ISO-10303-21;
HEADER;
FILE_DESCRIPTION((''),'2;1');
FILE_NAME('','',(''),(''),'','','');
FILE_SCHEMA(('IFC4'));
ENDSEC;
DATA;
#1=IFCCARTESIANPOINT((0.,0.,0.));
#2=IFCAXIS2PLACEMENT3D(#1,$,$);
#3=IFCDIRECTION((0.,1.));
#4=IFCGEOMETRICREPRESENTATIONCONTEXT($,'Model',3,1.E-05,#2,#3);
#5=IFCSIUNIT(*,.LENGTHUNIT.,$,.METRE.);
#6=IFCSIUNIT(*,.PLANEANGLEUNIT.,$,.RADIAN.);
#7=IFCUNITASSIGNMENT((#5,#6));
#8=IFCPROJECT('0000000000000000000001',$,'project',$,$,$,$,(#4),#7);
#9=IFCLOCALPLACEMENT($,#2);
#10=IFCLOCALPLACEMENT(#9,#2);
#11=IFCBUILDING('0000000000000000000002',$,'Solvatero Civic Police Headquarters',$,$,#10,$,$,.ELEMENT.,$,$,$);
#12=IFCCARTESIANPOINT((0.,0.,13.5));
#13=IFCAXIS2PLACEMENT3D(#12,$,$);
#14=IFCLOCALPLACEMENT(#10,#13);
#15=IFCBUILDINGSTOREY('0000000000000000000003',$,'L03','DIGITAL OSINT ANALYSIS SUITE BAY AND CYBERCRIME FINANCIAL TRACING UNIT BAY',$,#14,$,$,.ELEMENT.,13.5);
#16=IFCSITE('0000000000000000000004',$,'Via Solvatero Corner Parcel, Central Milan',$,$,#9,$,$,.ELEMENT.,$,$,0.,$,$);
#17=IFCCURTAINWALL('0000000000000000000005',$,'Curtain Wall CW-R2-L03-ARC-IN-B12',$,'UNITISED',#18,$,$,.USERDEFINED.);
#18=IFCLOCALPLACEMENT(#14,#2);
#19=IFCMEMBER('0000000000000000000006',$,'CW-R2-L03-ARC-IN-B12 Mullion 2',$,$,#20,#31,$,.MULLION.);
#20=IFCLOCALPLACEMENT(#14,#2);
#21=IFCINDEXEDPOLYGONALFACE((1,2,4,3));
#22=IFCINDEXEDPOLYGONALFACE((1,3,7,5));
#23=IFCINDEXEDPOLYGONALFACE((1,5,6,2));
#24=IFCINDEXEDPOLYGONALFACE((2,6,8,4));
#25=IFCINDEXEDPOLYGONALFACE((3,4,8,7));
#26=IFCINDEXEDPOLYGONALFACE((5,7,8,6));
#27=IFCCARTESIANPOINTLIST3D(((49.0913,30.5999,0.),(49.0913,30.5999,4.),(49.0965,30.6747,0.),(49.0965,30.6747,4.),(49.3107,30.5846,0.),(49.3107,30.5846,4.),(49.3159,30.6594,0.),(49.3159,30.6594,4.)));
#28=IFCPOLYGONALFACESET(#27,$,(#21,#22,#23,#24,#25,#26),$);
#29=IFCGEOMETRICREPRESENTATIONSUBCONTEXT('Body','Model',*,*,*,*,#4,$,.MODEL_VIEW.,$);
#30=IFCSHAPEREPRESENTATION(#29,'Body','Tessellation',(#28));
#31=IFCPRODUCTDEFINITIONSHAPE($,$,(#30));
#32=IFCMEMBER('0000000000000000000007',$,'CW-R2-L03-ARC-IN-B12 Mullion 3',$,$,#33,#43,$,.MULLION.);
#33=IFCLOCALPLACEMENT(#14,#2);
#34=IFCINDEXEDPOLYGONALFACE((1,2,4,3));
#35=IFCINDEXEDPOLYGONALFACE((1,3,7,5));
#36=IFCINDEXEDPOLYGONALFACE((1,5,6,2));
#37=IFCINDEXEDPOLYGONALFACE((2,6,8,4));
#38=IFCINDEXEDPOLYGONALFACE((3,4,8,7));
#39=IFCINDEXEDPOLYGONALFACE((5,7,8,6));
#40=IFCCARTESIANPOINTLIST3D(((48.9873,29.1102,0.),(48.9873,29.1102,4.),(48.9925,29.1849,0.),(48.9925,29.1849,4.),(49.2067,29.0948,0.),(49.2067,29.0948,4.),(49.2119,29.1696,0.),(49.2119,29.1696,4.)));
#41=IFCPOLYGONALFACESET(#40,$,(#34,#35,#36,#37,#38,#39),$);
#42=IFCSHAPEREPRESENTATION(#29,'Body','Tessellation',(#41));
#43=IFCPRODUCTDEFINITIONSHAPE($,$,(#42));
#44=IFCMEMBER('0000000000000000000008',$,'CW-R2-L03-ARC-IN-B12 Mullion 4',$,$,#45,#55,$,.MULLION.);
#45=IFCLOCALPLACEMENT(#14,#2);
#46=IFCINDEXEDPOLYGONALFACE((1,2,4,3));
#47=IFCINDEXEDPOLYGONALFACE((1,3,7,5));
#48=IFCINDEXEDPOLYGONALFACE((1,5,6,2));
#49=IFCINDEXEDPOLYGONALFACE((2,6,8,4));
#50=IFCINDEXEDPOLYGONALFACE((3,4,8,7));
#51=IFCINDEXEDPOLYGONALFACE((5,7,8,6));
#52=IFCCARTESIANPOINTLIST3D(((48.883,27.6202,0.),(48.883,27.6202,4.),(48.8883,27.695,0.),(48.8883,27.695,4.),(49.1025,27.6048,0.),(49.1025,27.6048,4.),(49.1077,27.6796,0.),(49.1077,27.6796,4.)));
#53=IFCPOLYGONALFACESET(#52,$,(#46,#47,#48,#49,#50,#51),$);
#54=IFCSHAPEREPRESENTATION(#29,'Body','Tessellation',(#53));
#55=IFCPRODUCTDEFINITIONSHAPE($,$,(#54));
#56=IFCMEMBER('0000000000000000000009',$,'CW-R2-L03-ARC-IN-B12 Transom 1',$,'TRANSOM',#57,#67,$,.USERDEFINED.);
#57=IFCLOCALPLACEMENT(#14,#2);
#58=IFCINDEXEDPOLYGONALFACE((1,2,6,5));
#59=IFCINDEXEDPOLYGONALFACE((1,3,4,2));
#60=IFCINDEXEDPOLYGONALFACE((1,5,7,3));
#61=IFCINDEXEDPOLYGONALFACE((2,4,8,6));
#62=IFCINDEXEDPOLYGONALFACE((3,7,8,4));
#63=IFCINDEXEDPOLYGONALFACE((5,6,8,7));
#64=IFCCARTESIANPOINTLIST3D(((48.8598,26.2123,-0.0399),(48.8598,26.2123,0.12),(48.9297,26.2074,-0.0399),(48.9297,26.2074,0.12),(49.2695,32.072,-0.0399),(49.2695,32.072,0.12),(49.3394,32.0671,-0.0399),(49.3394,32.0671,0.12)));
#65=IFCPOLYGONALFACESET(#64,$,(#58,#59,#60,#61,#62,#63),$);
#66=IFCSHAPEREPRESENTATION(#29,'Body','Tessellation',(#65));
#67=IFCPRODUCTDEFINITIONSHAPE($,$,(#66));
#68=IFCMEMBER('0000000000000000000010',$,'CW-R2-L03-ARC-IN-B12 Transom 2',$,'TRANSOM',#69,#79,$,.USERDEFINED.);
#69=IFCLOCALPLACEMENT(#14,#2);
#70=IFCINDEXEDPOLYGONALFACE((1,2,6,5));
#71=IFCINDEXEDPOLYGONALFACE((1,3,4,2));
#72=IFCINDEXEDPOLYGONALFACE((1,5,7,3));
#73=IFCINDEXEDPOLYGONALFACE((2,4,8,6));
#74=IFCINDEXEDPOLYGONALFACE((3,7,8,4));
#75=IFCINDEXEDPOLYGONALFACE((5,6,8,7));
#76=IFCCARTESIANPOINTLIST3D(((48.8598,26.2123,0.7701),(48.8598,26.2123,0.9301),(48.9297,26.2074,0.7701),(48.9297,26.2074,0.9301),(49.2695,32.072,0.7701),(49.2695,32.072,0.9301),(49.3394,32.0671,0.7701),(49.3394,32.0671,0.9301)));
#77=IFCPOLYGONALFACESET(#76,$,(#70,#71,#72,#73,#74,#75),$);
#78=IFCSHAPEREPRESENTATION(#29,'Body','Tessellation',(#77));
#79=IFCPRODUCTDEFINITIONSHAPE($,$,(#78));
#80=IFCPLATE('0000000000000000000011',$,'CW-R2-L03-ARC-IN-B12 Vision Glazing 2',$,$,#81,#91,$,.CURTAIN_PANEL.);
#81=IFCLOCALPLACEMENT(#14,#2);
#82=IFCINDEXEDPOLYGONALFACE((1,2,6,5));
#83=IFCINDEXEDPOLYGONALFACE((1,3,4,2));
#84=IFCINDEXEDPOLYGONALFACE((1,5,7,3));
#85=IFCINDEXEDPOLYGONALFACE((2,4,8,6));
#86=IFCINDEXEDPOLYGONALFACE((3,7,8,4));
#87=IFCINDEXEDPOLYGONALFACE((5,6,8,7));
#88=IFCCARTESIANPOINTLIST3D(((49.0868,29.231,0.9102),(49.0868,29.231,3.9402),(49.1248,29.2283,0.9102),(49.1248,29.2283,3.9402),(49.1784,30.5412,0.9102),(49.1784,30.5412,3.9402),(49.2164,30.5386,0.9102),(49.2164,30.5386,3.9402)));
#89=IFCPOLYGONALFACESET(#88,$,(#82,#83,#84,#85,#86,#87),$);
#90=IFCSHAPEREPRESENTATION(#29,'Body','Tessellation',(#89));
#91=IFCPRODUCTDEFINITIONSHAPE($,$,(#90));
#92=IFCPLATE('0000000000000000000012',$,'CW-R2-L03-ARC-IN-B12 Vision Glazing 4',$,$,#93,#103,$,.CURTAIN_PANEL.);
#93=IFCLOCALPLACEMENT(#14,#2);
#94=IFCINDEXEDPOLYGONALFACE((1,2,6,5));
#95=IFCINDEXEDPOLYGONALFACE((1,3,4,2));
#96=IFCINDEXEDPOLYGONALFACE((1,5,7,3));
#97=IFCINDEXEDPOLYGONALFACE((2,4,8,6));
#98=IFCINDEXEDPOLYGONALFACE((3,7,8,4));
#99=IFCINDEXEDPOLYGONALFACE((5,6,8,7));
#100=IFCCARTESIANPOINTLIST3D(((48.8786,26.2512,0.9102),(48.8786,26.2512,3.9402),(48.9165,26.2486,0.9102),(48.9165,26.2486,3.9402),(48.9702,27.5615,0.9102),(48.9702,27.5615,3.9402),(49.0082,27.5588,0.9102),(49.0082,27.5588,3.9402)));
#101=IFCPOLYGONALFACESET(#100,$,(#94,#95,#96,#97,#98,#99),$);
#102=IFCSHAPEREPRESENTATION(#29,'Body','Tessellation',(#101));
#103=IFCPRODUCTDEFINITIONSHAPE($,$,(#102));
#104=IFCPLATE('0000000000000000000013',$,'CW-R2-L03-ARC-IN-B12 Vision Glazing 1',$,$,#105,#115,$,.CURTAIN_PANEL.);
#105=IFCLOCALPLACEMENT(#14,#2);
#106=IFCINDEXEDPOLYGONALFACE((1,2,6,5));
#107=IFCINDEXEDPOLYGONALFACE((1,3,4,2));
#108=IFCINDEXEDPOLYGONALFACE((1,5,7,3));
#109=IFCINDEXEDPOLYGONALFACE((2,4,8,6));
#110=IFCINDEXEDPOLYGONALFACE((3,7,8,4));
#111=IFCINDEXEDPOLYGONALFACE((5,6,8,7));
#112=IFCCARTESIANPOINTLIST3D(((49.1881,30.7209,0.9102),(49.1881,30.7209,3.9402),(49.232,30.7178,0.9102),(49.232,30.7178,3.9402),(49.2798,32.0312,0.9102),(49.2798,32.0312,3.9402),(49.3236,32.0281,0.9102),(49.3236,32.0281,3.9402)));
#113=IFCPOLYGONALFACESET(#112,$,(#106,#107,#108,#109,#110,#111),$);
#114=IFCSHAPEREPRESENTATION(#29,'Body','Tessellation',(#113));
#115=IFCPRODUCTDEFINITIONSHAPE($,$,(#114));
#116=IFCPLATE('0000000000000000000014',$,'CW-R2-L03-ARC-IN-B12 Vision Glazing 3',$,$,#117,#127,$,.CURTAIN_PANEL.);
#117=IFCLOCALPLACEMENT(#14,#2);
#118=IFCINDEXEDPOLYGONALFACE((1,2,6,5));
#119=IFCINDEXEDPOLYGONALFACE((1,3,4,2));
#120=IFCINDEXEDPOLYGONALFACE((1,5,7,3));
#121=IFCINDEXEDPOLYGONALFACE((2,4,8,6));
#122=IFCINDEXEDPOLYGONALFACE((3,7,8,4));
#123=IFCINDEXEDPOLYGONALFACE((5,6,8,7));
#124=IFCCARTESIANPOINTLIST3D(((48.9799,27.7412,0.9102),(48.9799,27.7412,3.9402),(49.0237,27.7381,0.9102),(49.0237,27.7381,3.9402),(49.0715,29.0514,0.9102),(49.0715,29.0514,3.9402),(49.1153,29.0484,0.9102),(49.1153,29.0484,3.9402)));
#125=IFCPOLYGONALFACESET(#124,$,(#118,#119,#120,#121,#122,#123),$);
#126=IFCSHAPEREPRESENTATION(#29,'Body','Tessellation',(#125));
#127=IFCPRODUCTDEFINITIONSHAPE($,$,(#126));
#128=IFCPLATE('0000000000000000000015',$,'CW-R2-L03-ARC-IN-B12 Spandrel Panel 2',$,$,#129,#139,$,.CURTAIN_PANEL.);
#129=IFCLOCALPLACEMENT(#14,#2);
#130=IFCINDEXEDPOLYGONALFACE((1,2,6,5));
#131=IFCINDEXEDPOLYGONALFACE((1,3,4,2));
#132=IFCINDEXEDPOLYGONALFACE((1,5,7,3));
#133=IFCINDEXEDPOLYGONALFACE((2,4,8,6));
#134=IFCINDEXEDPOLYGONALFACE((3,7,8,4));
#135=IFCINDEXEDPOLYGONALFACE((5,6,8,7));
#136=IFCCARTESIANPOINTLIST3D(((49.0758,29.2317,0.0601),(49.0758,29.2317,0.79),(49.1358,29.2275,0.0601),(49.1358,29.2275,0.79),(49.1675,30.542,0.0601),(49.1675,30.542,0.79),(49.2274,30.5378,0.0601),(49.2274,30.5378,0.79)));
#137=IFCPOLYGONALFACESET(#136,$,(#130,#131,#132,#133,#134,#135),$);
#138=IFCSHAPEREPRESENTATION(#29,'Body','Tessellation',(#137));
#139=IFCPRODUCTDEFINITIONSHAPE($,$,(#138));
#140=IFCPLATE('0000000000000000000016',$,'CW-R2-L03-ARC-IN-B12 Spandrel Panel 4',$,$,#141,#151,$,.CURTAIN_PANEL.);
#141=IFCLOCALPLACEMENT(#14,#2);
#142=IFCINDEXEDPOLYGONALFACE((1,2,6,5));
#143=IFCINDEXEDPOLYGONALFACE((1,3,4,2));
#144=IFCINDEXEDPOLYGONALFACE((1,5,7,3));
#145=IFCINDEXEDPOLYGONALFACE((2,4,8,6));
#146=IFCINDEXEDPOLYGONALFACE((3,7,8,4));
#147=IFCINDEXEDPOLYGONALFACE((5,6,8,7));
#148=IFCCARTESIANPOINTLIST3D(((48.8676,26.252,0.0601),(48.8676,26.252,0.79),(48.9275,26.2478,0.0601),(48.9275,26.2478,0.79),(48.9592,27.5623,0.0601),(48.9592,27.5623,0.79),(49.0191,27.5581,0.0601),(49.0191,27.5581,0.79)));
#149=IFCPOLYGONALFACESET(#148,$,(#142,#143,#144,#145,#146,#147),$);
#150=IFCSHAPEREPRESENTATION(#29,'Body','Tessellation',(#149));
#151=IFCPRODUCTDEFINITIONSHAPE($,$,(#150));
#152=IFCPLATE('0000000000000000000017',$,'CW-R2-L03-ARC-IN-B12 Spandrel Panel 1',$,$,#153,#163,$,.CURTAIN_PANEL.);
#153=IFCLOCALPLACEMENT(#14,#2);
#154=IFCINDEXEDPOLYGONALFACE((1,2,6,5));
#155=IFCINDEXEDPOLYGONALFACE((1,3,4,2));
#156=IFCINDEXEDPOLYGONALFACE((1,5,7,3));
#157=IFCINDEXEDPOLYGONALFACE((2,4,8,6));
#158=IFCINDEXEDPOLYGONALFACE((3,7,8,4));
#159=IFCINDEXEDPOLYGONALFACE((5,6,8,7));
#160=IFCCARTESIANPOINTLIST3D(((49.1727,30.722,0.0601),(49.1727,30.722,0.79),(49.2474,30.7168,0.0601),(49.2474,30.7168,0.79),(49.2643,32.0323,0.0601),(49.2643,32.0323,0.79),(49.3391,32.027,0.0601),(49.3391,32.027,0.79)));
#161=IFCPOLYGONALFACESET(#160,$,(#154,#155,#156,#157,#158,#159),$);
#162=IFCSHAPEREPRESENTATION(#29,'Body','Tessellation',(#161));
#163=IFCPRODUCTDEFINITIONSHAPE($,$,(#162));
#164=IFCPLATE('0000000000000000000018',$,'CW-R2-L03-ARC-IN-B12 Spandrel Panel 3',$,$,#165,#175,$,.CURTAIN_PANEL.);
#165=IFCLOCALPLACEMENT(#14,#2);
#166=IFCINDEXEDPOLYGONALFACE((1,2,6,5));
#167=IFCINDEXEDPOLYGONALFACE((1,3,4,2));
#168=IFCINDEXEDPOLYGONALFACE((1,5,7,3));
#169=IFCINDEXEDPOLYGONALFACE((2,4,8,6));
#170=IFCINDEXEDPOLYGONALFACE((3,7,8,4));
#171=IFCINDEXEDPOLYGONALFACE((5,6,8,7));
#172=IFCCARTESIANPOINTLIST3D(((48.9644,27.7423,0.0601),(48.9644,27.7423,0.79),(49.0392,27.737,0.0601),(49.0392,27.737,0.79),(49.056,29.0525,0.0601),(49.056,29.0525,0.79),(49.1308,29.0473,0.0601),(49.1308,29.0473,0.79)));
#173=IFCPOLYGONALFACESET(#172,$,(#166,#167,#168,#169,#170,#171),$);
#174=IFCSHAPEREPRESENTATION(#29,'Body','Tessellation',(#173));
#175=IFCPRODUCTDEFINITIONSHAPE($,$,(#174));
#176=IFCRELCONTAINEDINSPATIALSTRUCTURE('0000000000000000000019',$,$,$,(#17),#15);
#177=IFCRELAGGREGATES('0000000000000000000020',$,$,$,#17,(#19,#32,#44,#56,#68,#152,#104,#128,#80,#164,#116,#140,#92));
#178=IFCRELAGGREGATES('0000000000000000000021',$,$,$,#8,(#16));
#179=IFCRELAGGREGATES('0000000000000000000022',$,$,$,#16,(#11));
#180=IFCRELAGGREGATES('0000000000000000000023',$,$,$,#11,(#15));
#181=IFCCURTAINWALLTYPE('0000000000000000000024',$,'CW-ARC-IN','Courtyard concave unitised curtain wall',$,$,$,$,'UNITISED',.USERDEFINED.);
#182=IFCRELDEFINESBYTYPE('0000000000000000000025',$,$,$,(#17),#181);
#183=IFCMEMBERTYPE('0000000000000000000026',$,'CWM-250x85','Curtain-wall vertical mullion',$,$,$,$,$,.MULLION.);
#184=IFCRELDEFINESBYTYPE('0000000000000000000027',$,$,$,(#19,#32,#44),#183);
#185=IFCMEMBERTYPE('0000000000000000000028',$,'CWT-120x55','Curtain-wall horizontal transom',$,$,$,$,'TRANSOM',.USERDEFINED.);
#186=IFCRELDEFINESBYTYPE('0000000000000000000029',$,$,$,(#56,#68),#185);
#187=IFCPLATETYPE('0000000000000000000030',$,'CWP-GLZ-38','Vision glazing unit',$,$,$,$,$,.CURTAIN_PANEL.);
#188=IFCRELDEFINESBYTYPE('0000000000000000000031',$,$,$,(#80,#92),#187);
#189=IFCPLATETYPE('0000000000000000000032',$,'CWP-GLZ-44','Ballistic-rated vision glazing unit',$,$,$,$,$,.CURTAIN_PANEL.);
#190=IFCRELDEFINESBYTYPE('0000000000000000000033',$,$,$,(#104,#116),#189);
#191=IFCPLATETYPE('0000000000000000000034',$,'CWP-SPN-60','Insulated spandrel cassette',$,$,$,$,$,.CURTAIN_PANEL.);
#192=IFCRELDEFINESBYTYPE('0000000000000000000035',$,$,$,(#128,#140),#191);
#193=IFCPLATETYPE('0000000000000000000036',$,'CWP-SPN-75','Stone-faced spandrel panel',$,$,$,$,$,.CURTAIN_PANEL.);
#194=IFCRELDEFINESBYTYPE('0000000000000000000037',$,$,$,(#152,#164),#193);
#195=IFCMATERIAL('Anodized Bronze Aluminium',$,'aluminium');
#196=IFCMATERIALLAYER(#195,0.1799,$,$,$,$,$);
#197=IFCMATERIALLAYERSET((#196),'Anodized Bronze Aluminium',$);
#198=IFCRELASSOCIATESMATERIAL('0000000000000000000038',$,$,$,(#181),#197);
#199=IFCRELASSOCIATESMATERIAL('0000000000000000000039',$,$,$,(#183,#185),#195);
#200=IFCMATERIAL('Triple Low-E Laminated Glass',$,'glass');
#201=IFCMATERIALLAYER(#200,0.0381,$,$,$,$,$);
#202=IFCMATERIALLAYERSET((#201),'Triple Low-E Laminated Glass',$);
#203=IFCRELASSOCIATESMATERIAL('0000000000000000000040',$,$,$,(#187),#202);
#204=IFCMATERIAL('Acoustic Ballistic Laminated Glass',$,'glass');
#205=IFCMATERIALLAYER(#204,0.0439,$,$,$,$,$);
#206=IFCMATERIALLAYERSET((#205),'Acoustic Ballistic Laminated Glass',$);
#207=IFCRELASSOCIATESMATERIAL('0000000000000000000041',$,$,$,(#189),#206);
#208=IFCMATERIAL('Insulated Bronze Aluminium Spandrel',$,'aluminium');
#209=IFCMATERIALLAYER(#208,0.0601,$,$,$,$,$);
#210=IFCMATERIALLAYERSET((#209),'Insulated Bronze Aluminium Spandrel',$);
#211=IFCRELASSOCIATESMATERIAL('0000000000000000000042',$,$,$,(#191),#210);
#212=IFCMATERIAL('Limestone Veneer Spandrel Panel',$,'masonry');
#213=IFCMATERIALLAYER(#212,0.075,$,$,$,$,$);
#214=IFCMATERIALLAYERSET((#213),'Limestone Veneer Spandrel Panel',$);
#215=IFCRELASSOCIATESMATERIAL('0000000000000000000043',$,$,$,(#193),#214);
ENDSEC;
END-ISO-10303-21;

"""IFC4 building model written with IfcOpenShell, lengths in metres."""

from ifc_helpers import new_model, si_unit, direction, frame, origin, origin_2d, place, context, subcontext, project, spatial, rectangle, extrude, material, layer, layer_set, material_profile, profile_set, type_object, element, aggregate, save


model = new_model("IFC4")

# Units and contexts
model_context = context("Model", 3, precision=1e-05, world=origin(), true_north=direction((0.0, 1.0)))
body_context = subcontext(model_context, "Body", "Model", "MODEL_VIEW")
ifc_project = project(units=[si_unit("LENGTHUNIT", "METRE"), si_unit("PLANEANGLEUNIT", "RADIAN")], contexts=[model_context])

# Site, building, storey
site_placement = place(None, origin())
site = spatial("IfcSite", under=ifc_project, at=site_placement, Name="Via Solvatero Corner Parcel, Central Milan", CompositionType="ELEMENT", RefElevation=0.0)
building_placement = place(site_placement, origin())
building = spatial("IfcBuilding", under=site, at=building_placement, Name="Solvatero Civic Police Headquarters", CompositionType="ELEMENT")
storey_placement = place(building_placement, frame((0.0, 0.0, 13.5)))
storey = spatial("IfcBuildingStorey", under=building, at=storey_placement, Name="L03", Description="DIGITAL OSINT ANALYSIS SUITE BAY AND CYBERCRIME FINANCIAL TRACING UNIT BAY", CompositionType="ELEMENT", Elevation=13.5)

# Curtain wall, members, plates
ifc_material_1 = material(Name="Anodized Bronze Aluminium", Category="aluminium")
ifc_layer_1 = layer(ifc_material_1, 0.1799)
ifc_layer_set_1 = layer_set([ifc_layer_1], Name="Anodized Bronze Aluminium")
curtain_wall_type = type_object("IfcCurtainWallType", Name="CW-ARC-IN", Description="Courtyard concave unitised curtain wall", ElementType="UNITISED", PredefinedType="USERDEFINED", material=ifc_layer_set_1)
curtain_wall_placement = place(storey_placement, origin())
curtain_wall = element("IfcCurtainWall", 1, at=curtain_wall_placement, inside=storey, type_object=curtain_wall_type, Name="Curtain Wall CW-R2-L03-ARC-IN-B12", ObjectType="UNITISED", PredefinedType="USERDEFINED")
ifc_material_profile_1 = material_profile(ifc_material_1, rectangle(XDim=0.075, YDim=0.22, at=origin_2d()), Name="ALU MULLION 75x220")
ifc_profile_set_1 = profile_set([ifc_material_profile_1], Name="Anodized Bronze Aluminium")
member_type_1 = type_object("IfcMemberType", Name="CWM-250x85", Description="Curtain-wall vertical mullion", PredefinedType="MULLION", material=ifc_profile_set_1)
member_1_placement = place(storey_placement, frame((49.2036, 30.6296, 0.0), z_axis=(0.0, 0.0, 1.0), x_axis=(-0.069756, -0.997564, 0.0)))
member_1 = element("IfcMember", 2, at=member_1_placement, type_object=member_type_1, Name="CW-R2-L03-ARC-IN-B12 Mullion 2", PredefinedType="MULLION", context=body_context, shape_type="SweptSolid", body=[
    extrude(rectangle(XDim=0.075, YDim=0.22, at=origin_2d()), origin(), (0.0, 0.0, 1.0), 4.0),
])
member_2_placement = place(storey_placement, frame((49.0996, 29.1399, 0.0), z_axis=(0.0, 0.0, 1.0), x_axis=(-0.069756, -0.997564, 0.0)))
member_2 = element("IfcMember", 3, at=member_2_placement, type_object=member_type_1, Name="CW-R2-L03-ARC-IN-B12 Mullion 3", PredefinedType="MULLION", context=body_context, shape_type="SweptSolid", body=[
    extrude(rectangle(XDim=0.075, YDim=0.22, at=origin_2d()), origin(), (0.0, 0.0, 1.0), 4.0),
])
member_3_placement = place(storey_placement, frame((48.9954, 27.6499, 0.0), z_axis=(0.0, 0.0, 1.0), x_axis=(-0.069756, -0.997564, 0.0)))
member_3 = element("IfcMember", 4, at=member_3_placement, type_object=member_type_1, Name="CW-R2-L03-ARC-IN-B12 Mullion 4", PredefinedType="MULLION", context=body_context, shape_type="SweptSolid", body=[
    extrude(rectangle(XDim=0.075, YDim=0.22, at=origin_2d()), origin(), (0.0, 0.0, 1.0), 4.0),
])
ifc_material_profile_2 = material_profile(ifc_material_1, rectangle(XDim=0.0701, YDim=0.1599, at=origin_2d()), Name="ALU TRANSOM 70x160")
ifc_profile_set_2 = profile_set([ifc_material_profile_2], Name="Anodized Bronze Aluminium")
member_type_2 = type_object("IfcMemberType", Name="CWT-120x55", Description="Curtain-wall horizontal transom", ElementType="TRANSOM", PredefinedType="USERDEFINED", material=ifc_profile_set_2)
member_4_placement = place(storey_placement, frame((49.3044, 32.0696, 0.04), z_axis=(-0.069744, -0.997565, 0.0), x_axis=(0.997565, -0.069744, 0.0)))
member_4 = element("IfcMember", 5, at=member_4_placement, type_object=member_type_2, Name="CW-R2-L03-ARC-IN-B12 Transom 1", ObjectType="TRANSOM", PredefinedType="USERDEFINED", context=body_context, shape_type="SweptSolid", body=[
    extrude(rectangle(XDim=0.0701, YDim=0.1599, at=origin_2d()), origin(), (0.0, 0.0, 1.0), 5.874),
])
member_5_placement = place(storey_placement, frame((49.3044, 32.0696, 0.8501), z_axis=(-0.069744, -0.997565, 0.0), x_axis=(0.997565, -0.069744, 0.0)))
member_5 = element("IfcMember", 6, at=member_5_placement, type_object=member_type_2, Name="CW-R2-L03-ARC-IN-B12 Transom 2", ObjectType="TRANSOM", PredefinedType="USERDEFINED", context=body_context, shape_type="SweptSolid", body=[
    extrude(rectangle(XDim=0.0701, YDim=0.1599, at=origin_2d()), origin(), (0.0, 0.0, 1.0), 5.874),
])
ifc_material_2 = material(Name="Triple Low-E Laminated Glass", Category="glass")
ifc_layer_2 = layer(ifc_material_2, 0.0381)
ifc_layer_set_2 = layer_set([ifc_layer_2], Name="Triple Low-E Laminated Glass")
plate_type_1 = type_object("IfcPlateType", Name="CWP-GLZ-38", Description="Vision glazing unit", PredefinedType="CURTAIN_PANEL", material=ifc_layer_set_2)
plate_1_placement = place(storey_placement, frame((49.1516, 29.8848, 0.9102), z_axis=(0.0, 0.0, 1.0), x_axis=(-0.069756, -0.997564, 0.0)))
plate_1 = element("IfcPlate", 7, at=plate_1_placement, type_object=plate_type_1, Name="CW-R2-L03-ARC-IN-B12 Vision Glazing 2", PredefinedType="CURTAIN_PANEL", context=body_context, shape_type="SweptSolid", body=[
    extrude(rectangle(XDim=1.3135, YDim=0.0381, at=origin_2d()), origin(), (0.0, 0.0, 1.0), 3.03),
])
plate_2_placement = place(storey_placement, frame((48.9434, 26.905, 0.9102), z_axis=(0.0, 0.0, 1.0), x_axis=(-0.069756, -0.997564, 0.0)))
plate_2 = element("IfcPlate", 8, at=plate_2_placement, type_object=plate_type_1, Name="CW-R2-L03-ARC-IN-B12 Vision Glazing 4", PredefinedType="CURTAIN_PANEL", context=body_context, shape_type="SweptSolid", body=[
    extrude(rectangle(XDim=1.3135, YDim=0.0381, at=origin_2d()), origin(), (0.0, 0.0, 1.0), 3.03),
])
ifc_material_3 = material(Name="Acoustic Ballistic Laminated Glass", Category="glass")
ifc_layer_3 = layer(ifc_material_3, 0.0439)
ifc_layer_set_3 = layer_set([ifc_layer_3], Name="Acoustic Ballistic Laminated Glass")
plate_type_2 = type_object("IfcPlateType", Name="CWP-GLZ-44", Description="Ballistic-rated vision glazing unit", PredefinedType="CURTAIN_PANEL", material=ifc_layer_set_3)
plate_3_placement = place(storey_placement, frame((49.2559, 31.3745, 0.9102), z_axis=(0.0, 0.0, 1.0), x_axis=(-0.069756, -0.997564, 0.0)))
plate_3 = element("IfcPlate", 9, at=plate_3_placement, type_object=plate_type_2, Name="CW-R2-L03-ARC-IN-B12 Vision Glazing 1", PredefinedType="CURTAIN_PANEL", context=body_context, shape_type="SweptSolid", body=[
    extrude(rectangle(XDim=1.3135, YDim=0.0439, at=origin_2d()), origin(), (0.0, 0.0, 1.0), 3.03),
])
plate_4_placement = place(storey_placement, frame((49.0476, 28.3948, 0.9102), z_axis=(0.0, 0.0, 1.0), x_axis=(-0.069756, -0.997564, 0.0)))
plate_4 = element("IfcPlate", 10, at=plate_4_placement, type_object=plate_type_2, Name="CW-R2-L03-ARC-IN-B12 Vision Glazing 3", PredefinedType="CURTAIN_PANEL", context=body_context, shape_type="SweptSolid", body=[
    extrude(rectangle(XDim=1.3135, YDim=0.0439, at=origin_2d()), origin(), (0.0, 0.0, 1.0), 3.03),
])
ifc_material_4 = material(Name="Insulated Bronze Aluminium Spandrel", Category="aluminium")
ifc_layer_4 = layer(ifc_material_4, 0.0601)
ifc_layer_set_4 = layer_set([ifc_layer_4], Name="Insulated Bronze Aluminium Spandrel")
plate_type_3 = type_object("IfcPlateType", Name="CWP-SPN-60", Description="Insulated spandrel cassette", PredefinedType="CURTAIN_PANEL", material=ifc_layer_set_4)
plate_5_placement = place(storey_placement, frame((49.1516, 29.8848, 0.0601), z_axis=(0.0, 0.0, 1.0), x_axis=(-0.069756, -0.997564, 0.0)))
plate_5 = element("IfcPlate", 11, at=plate_5_placement, type_object=plate_type_3, Name="CW-R2-L03-ARC-IN-B12 Spandrel Panel 2", PredefinedType="CURTAIN_PANEL", context=body_context, shape_type="SweptSolid", body=[
    extrude(rectangle(XDim=1.3135, YDim=0.0601, at=origin_2d()), origin(), (0.0, 0.0, 1.0), 0.73),
])
plate_6_placement = place(storey_placement, frame((48.9434, 26.905, 0.0601), z_axis=(0.0, 0.0, 1.0), x_axis=(-0.069756, -0.997564, 0.0)))
plate_6 = element("IfcPlate", 12, at=plate_6_placement, type_object=plate_type_3, Name="CW-R2-L03-ARC-IN-B12 Spandrel Panel 4", PredefinedType="CURTAIN_PANEL", context=body_context, shape_type="SweptSolid", body=[
    extrude(rectangle(XDim=1.3135, YDim=0.0601, at=origin_2d()), origin(), (0.0, 0.0, 1.0), 0.73),
])
ifc_material_5 = material(Name="Limestone Veneer Spandrel Panel", Category="masonry")
ifc_layer_5 = layer(ifc_material_5, 0.075)
ifc_layer_set_5 = layer_set([ifc_layer_5], Name="Limestone Veneer Spandrel Panel")
plate_type_4 = type_object("IfcPlateType", Name="CWP-SPN-75", Description="Stone-faced spandrel panel", PredefinedType="CURTAIN_PANEL", material=ifc_layer_set_5)
plate_7_placement = place(storey_placement, frame((49.2559, 31.3745, 0.0601), z_axis=(0.0, 0.0, 1.0), x_axis=(-0.069756, -0.997564, 0.0)))
plate_7 = element("IfcPlate", 13, at=plate_7_placement, type_object=plate_type_4, Name="CW-R2-L03-ARC-IN-B12 Spandrel Panel 1", PredefinedType="CURTAIN_PANEL", context=body_context, shape_type="SweptSolid", body=[
    extrude(rectangle(XDim=1.3135, YDim=0.075, at=origin_2d()), origin(), (0.0, 0.0, 1.0), 0.73),
])
plate_8_placement = place(storey_placement, frame((49.0476, 28.3948, 0.0601), z_axis=(0.0, 0.0, 1.0), x_axis=(-0.069756, -0.997564, 0.0)))
plate_8 = element("IfcPlate", 14, at=plate_8_placement, type_object=plate_type_4, Name="CW-R2-L03-ARC-IN-B12 Spandrel Panel 3", PredefinedType="CURTAIN_PANEL", context=body_context, shape_type="SweptSolid", body=[
    extrude(rectangle(XDim=1.3135, YDim=0.075, at=origin_2d()), origin(), (0.0, 0.0, 1.0), 0.73),
])
aggregate(curtain_wall, [member_1, member_2, member_3, member_4, member_5, plate_7, plate_3, plate_5, plate_1, plate_8, plate_4, plate_6, plate_2])

save(model, "model.ifc")
